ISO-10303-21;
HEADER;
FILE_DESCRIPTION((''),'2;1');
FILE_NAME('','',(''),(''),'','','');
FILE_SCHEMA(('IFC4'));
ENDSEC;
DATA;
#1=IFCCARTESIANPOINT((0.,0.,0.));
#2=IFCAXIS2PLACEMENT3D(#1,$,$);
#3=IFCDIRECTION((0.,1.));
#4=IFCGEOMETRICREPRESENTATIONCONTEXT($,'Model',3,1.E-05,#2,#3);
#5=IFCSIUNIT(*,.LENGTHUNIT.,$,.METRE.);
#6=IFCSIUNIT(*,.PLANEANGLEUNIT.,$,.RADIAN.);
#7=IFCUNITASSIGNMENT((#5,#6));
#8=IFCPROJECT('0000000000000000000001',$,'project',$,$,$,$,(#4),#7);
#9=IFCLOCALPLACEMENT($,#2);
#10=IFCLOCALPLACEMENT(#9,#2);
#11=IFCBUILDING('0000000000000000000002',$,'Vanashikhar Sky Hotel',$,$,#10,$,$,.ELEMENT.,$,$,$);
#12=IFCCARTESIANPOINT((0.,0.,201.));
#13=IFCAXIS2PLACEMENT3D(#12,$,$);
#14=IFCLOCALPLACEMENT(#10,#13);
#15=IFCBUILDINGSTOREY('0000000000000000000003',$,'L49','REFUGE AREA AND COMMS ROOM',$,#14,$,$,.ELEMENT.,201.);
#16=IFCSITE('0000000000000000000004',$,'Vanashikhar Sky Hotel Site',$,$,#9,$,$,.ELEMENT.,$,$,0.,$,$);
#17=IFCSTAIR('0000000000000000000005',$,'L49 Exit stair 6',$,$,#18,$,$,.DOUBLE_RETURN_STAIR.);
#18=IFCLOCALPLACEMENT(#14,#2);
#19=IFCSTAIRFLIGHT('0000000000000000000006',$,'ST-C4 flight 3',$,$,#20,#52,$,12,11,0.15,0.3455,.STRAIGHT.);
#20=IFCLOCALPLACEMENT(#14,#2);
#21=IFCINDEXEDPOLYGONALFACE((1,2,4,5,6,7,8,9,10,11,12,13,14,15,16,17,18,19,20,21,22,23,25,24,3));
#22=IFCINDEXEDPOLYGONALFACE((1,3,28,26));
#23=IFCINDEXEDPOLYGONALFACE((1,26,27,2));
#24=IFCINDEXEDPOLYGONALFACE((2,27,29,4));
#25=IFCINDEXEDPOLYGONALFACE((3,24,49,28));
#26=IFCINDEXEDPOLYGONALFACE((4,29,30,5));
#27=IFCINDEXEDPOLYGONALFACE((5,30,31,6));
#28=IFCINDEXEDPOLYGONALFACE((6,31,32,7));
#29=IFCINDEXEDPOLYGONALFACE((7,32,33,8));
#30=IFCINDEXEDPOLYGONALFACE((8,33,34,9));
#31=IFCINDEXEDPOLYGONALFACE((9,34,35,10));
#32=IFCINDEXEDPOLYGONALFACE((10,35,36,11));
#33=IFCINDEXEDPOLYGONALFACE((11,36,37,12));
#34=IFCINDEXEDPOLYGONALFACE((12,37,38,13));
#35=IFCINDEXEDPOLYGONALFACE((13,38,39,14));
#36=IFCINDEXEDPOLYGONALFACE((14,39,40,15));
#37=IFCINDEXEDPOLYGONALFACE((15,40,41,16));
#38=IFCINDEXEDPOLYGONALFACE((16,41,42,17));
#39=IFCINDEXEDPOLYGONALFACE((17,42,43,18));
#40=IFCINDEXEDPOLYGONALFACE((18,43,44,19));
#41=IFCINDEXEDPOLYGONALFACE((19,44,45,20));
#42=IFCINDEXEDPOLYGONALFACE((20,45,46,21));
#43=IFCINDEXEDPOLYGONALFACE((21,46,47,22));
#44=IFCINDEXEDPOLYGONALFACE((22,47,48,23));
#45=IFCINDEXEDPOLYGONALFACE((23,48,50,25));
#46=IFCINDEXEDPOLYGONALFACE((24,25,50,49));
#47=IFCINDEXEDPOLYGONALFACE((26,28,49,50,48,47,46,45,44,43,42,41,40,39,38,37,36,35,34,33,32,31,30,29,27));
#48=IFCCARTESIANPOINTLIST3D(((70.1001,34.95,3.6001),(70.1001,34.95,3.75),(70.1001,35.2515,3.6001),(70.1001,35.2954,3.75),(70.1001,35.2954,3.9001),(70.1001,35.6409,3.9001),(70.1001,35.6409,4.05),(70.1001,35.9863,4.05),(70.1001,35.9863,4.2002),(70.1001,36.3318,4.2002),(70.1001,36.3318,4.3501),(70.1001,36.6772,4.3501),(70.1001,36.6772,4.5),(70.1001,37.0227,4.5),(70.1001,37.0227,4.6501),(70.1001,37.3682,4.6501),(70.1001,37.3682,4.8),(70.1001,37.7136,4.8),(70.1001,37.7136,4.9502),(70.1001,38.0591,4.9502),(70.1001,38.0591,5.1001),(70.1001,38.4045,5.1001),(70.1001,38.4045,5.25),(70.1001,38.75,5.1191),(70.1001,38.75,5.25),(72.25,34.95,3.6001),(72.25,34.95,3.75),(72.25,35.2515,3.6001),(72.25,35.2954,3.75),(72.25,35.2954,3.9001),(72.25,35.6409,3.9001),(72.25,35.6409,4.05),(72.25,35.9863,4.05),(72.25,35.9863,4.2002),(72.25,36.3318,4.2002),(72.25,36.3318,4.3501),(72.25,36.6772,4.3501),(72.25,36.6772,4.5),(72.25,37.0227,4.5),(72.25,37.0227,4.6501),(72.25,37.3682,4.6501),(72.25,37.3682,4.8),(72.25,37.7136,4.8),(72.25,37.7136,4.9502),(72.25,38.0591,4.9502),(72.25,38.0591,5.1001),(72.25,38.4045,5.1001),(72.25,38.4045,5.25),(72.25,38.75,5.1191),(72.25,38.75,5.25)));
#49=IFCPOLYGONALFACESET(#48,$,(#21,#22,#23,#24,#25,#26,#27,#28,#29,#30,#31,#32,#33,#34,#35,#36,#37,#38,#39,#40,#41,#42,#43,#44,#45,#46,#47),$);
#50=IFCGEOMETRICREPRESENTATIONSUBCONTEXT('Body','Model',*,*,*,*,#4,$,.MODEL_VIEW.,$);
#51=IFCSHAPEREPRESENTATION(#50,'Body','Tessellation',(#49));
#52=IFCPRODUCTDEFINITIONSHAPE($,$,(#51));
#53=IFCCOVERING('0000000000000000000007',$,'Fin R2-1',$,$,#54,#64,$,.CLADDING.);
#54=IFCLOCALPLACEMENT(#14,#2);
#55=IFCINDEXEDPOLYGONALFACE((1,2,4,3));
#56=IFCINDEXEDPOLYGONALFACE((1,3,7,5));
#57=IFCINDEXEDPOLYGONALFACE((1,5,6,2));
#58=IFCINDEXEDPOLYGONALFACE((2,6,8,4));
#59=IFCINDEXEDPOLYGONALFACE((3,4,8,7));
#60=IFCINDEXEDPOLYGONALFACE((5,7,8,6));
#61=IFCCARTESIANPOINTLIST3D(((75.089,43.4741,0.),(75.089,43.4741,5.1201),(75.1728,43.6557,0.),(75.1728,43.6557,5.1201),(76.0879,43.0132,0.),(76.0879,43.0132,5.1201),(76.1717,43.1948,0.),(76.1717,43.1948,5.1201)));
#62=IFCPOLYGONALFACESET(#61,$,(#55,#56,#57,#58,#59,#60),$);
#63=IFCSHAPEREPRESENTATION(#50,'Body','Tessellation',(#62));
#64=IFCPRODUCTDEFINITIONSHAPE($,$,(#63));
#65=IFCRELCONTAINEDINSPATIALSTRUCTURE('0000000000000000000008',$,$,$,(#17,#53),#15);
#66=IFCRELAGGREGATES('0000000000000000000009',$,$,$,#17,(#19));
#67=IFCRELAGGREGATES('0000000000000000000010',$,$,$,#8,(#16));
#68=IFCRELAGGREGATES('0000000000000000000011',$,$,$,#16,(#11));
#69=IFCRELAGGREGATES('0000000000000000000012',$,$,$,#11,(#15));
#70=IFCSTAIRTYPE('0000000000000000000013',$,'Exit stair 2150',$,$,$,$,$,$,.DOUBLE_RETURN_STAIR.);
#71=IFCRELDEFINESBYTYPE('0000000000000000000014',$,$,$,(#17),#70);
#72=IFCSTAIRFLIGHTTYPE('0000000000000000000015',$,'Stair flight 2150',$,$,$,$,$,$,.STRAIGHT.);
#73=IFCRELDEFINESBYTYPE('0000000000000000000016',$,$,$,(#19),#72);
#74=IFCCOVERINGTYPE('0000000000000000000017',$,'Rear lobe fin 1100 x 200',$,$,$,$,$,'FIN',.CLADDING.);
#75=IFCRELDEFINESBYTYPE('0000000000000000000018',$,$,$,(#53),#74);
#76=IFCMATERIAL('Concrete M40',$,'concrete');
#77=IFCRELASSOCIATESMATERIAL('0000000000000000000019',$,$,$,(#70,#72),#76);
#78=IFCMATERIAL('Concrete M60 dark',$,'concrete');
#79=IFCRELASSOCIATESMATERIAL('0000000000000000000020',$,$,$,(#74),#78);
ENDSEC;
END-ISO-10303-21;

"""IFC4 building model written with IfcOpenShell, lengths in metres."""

from ifc_helpers import new_model, si_unit, direction, frame, origin, origin_2d, place, context, subcontext, project, spatial, polyline, rectangle, outline, extrude, source, transform, mapped, material, material_profile, profile_set, type_object, element, aggregate, save


model = new_model("IFC4")

# Units and contexts
model_context = context("Model", 3, precision=1e-05, world=origin(), true_north=direction((0.0, 1.0)))
body_context = subcontext(model_context, "Body", "Model", "MODEL_VIEW")
ifc_project = project(units=[si_unit("LENGTHUNIT", "METRE"), si_unit("PLANEANGLEUNIT", "RADIAN")], contexts=[model_context])

# Site, building, storey
site_placement = place(None, origin())
site = spatial("IfcSite", under=ifc_project, at=site_placement, Name="Vanashikhar Sky Hotel Site", CompositionType="ELEMENT", RefElevation=0.0)
building_placement = place(site_placement, origin())
building = spatial("IfcBuilding", under=site, at=building_placement, Name="Vanashikhar Sky Hotel", CompositionType="ELEMENT")
storey_placement = place(building_placement, frame((0.0, 0.0, 201.0)))
storey = spatial("IfcBuildingStorey", under=building, at=storey_placement, Name="L49", Description="REFUGE AREA AND COMMS ROOM", CompositionType="ELEMENT", Elevation=201.0)

# Shared definitions
ifc_material_1 = material(Name="Concrete M40", Category="concrete")

# Stair, stair flight
stair_type = type_object("IfcStairType", Name="Exit stair 2150", PredefinedType="DOUBLE_RETURN_STAIR", material=ifc_material_1)
stair_placement = place(storey_placement, origin())
stair = element("IfcStair", 1, at=stair_placement, inside=storey, type_object=stair_type, Name="L49 Exit stair 6", PredefinedType="DOUBLE_RETURN_STAIR")
stair_flight_type = type_object("IfcStairFlightType", Name="Stair flight 2150", PredefinedType="STRAIGHT", material=ifc_material_1)
shared_shape_1 = source(origin(), body_context, "Body", "SweptSolid", [
    extrude(outline(polyline([(0.0, 0.0), (0.0, 0.1499), (0.3455, 0.1499), (0.3455, 0.3), (0.6909, 0.3), (0.6909, 0.45), (1.0364, 0.45), (1.0364, 0.6001), (1.3818, 0.6001), (1.3818, 0.75), (1.7273, 0.75), (1.7273, 0.8999), (2.0728, 0.8999), (2.0728, 1.05), (2.4182, 1.05), (2.4182, 1.2), (2.7637, 1.2), (2.7637, 1.3501), (3.1091, 1.3501), (3.1091, 1.5), (3.4546, 1.5), (3.4546, 1.6499), (3.8, 1.6499), (3.8, 1.8), (3.8, 1.519), (0.3015, 0.0), (0.0, 0.0)])), frame((0.0, 1.075, 0.0), z_axis=(0.0, -1.0, 0.0), x_axis=(1.0, 0.0, 0.0)), (0.0, 0.0, 1.0), 2.1499),
])
stair_flight_1_placement = place(storey_placement, frame((71.175, 34.95, 3.6001), z_axis=(0.0, 0.0, 1.0), x_axis=(0.0, 1.0, 0.0)))
stair_flight_1 = element("IfcStairFlight", 2, at=stair_flight_1_placement, type_object=stair_flight_type, Name="ST-C4 flight 3", NumberOfRisers=12, NumberOfTreads=11, PredefinedType="STRAIGHT", RiserHeight=0.15, TreadLength=0.3455, context=body_context, shape_type="MappedRepresentation", body=[
    mapped(shared_shape_1, transform((0.0, 0.0, 0.0), scale=1.0)),
])
aggregate(stair, [stair_flight_1])

# Covering
ifc_material_2 = material(Name="Concrete M60 dark", Category="concrete")
ifc_material_profile_1 = material_profile(ifc_material_2, rectangle(XDim=1.1001, YDim=0.2, at=origin_2d()))
ifc_profile_set_1 = profile_set([ifc_material_profile_1], Name="Rear lobe fin 1100 x 200")
covering_type = type_object("IfcCoveringType", Name="Rear lobe fin 1100 x 200", ElementType="FIN", PredefinedType="CLADDING", material=ifc_profile_set_1)
shared_shape_2 = source(origin(), body_context, "Body", "SweptSolid", [
    extrude(rectangle(XDim=1.1001, YDim=0.2, at=origin_2d()), origin(), (0.0, 0.0, 1.0), 5.1201),
])
covering_placement = place(storey_placement, frame((75.6304, 43.3345, 0.0), z_axis=(0.0, 0.0, 1.0), x_axis=(-0.908004, 0.418961, 0.0)))
element("IfcCovering", 3, at=covering_placement, inside=storey, type_object=covering_type, Name="Fin R2-1", PredefinedType="CLADDING", context=body_context, shape_type="MappedRepresentation", body=[
    mapped(shared_shape_2, transform((0.0, 0.0, 0.0), scale=1.0)),
])

save(model, "model.ifc")
